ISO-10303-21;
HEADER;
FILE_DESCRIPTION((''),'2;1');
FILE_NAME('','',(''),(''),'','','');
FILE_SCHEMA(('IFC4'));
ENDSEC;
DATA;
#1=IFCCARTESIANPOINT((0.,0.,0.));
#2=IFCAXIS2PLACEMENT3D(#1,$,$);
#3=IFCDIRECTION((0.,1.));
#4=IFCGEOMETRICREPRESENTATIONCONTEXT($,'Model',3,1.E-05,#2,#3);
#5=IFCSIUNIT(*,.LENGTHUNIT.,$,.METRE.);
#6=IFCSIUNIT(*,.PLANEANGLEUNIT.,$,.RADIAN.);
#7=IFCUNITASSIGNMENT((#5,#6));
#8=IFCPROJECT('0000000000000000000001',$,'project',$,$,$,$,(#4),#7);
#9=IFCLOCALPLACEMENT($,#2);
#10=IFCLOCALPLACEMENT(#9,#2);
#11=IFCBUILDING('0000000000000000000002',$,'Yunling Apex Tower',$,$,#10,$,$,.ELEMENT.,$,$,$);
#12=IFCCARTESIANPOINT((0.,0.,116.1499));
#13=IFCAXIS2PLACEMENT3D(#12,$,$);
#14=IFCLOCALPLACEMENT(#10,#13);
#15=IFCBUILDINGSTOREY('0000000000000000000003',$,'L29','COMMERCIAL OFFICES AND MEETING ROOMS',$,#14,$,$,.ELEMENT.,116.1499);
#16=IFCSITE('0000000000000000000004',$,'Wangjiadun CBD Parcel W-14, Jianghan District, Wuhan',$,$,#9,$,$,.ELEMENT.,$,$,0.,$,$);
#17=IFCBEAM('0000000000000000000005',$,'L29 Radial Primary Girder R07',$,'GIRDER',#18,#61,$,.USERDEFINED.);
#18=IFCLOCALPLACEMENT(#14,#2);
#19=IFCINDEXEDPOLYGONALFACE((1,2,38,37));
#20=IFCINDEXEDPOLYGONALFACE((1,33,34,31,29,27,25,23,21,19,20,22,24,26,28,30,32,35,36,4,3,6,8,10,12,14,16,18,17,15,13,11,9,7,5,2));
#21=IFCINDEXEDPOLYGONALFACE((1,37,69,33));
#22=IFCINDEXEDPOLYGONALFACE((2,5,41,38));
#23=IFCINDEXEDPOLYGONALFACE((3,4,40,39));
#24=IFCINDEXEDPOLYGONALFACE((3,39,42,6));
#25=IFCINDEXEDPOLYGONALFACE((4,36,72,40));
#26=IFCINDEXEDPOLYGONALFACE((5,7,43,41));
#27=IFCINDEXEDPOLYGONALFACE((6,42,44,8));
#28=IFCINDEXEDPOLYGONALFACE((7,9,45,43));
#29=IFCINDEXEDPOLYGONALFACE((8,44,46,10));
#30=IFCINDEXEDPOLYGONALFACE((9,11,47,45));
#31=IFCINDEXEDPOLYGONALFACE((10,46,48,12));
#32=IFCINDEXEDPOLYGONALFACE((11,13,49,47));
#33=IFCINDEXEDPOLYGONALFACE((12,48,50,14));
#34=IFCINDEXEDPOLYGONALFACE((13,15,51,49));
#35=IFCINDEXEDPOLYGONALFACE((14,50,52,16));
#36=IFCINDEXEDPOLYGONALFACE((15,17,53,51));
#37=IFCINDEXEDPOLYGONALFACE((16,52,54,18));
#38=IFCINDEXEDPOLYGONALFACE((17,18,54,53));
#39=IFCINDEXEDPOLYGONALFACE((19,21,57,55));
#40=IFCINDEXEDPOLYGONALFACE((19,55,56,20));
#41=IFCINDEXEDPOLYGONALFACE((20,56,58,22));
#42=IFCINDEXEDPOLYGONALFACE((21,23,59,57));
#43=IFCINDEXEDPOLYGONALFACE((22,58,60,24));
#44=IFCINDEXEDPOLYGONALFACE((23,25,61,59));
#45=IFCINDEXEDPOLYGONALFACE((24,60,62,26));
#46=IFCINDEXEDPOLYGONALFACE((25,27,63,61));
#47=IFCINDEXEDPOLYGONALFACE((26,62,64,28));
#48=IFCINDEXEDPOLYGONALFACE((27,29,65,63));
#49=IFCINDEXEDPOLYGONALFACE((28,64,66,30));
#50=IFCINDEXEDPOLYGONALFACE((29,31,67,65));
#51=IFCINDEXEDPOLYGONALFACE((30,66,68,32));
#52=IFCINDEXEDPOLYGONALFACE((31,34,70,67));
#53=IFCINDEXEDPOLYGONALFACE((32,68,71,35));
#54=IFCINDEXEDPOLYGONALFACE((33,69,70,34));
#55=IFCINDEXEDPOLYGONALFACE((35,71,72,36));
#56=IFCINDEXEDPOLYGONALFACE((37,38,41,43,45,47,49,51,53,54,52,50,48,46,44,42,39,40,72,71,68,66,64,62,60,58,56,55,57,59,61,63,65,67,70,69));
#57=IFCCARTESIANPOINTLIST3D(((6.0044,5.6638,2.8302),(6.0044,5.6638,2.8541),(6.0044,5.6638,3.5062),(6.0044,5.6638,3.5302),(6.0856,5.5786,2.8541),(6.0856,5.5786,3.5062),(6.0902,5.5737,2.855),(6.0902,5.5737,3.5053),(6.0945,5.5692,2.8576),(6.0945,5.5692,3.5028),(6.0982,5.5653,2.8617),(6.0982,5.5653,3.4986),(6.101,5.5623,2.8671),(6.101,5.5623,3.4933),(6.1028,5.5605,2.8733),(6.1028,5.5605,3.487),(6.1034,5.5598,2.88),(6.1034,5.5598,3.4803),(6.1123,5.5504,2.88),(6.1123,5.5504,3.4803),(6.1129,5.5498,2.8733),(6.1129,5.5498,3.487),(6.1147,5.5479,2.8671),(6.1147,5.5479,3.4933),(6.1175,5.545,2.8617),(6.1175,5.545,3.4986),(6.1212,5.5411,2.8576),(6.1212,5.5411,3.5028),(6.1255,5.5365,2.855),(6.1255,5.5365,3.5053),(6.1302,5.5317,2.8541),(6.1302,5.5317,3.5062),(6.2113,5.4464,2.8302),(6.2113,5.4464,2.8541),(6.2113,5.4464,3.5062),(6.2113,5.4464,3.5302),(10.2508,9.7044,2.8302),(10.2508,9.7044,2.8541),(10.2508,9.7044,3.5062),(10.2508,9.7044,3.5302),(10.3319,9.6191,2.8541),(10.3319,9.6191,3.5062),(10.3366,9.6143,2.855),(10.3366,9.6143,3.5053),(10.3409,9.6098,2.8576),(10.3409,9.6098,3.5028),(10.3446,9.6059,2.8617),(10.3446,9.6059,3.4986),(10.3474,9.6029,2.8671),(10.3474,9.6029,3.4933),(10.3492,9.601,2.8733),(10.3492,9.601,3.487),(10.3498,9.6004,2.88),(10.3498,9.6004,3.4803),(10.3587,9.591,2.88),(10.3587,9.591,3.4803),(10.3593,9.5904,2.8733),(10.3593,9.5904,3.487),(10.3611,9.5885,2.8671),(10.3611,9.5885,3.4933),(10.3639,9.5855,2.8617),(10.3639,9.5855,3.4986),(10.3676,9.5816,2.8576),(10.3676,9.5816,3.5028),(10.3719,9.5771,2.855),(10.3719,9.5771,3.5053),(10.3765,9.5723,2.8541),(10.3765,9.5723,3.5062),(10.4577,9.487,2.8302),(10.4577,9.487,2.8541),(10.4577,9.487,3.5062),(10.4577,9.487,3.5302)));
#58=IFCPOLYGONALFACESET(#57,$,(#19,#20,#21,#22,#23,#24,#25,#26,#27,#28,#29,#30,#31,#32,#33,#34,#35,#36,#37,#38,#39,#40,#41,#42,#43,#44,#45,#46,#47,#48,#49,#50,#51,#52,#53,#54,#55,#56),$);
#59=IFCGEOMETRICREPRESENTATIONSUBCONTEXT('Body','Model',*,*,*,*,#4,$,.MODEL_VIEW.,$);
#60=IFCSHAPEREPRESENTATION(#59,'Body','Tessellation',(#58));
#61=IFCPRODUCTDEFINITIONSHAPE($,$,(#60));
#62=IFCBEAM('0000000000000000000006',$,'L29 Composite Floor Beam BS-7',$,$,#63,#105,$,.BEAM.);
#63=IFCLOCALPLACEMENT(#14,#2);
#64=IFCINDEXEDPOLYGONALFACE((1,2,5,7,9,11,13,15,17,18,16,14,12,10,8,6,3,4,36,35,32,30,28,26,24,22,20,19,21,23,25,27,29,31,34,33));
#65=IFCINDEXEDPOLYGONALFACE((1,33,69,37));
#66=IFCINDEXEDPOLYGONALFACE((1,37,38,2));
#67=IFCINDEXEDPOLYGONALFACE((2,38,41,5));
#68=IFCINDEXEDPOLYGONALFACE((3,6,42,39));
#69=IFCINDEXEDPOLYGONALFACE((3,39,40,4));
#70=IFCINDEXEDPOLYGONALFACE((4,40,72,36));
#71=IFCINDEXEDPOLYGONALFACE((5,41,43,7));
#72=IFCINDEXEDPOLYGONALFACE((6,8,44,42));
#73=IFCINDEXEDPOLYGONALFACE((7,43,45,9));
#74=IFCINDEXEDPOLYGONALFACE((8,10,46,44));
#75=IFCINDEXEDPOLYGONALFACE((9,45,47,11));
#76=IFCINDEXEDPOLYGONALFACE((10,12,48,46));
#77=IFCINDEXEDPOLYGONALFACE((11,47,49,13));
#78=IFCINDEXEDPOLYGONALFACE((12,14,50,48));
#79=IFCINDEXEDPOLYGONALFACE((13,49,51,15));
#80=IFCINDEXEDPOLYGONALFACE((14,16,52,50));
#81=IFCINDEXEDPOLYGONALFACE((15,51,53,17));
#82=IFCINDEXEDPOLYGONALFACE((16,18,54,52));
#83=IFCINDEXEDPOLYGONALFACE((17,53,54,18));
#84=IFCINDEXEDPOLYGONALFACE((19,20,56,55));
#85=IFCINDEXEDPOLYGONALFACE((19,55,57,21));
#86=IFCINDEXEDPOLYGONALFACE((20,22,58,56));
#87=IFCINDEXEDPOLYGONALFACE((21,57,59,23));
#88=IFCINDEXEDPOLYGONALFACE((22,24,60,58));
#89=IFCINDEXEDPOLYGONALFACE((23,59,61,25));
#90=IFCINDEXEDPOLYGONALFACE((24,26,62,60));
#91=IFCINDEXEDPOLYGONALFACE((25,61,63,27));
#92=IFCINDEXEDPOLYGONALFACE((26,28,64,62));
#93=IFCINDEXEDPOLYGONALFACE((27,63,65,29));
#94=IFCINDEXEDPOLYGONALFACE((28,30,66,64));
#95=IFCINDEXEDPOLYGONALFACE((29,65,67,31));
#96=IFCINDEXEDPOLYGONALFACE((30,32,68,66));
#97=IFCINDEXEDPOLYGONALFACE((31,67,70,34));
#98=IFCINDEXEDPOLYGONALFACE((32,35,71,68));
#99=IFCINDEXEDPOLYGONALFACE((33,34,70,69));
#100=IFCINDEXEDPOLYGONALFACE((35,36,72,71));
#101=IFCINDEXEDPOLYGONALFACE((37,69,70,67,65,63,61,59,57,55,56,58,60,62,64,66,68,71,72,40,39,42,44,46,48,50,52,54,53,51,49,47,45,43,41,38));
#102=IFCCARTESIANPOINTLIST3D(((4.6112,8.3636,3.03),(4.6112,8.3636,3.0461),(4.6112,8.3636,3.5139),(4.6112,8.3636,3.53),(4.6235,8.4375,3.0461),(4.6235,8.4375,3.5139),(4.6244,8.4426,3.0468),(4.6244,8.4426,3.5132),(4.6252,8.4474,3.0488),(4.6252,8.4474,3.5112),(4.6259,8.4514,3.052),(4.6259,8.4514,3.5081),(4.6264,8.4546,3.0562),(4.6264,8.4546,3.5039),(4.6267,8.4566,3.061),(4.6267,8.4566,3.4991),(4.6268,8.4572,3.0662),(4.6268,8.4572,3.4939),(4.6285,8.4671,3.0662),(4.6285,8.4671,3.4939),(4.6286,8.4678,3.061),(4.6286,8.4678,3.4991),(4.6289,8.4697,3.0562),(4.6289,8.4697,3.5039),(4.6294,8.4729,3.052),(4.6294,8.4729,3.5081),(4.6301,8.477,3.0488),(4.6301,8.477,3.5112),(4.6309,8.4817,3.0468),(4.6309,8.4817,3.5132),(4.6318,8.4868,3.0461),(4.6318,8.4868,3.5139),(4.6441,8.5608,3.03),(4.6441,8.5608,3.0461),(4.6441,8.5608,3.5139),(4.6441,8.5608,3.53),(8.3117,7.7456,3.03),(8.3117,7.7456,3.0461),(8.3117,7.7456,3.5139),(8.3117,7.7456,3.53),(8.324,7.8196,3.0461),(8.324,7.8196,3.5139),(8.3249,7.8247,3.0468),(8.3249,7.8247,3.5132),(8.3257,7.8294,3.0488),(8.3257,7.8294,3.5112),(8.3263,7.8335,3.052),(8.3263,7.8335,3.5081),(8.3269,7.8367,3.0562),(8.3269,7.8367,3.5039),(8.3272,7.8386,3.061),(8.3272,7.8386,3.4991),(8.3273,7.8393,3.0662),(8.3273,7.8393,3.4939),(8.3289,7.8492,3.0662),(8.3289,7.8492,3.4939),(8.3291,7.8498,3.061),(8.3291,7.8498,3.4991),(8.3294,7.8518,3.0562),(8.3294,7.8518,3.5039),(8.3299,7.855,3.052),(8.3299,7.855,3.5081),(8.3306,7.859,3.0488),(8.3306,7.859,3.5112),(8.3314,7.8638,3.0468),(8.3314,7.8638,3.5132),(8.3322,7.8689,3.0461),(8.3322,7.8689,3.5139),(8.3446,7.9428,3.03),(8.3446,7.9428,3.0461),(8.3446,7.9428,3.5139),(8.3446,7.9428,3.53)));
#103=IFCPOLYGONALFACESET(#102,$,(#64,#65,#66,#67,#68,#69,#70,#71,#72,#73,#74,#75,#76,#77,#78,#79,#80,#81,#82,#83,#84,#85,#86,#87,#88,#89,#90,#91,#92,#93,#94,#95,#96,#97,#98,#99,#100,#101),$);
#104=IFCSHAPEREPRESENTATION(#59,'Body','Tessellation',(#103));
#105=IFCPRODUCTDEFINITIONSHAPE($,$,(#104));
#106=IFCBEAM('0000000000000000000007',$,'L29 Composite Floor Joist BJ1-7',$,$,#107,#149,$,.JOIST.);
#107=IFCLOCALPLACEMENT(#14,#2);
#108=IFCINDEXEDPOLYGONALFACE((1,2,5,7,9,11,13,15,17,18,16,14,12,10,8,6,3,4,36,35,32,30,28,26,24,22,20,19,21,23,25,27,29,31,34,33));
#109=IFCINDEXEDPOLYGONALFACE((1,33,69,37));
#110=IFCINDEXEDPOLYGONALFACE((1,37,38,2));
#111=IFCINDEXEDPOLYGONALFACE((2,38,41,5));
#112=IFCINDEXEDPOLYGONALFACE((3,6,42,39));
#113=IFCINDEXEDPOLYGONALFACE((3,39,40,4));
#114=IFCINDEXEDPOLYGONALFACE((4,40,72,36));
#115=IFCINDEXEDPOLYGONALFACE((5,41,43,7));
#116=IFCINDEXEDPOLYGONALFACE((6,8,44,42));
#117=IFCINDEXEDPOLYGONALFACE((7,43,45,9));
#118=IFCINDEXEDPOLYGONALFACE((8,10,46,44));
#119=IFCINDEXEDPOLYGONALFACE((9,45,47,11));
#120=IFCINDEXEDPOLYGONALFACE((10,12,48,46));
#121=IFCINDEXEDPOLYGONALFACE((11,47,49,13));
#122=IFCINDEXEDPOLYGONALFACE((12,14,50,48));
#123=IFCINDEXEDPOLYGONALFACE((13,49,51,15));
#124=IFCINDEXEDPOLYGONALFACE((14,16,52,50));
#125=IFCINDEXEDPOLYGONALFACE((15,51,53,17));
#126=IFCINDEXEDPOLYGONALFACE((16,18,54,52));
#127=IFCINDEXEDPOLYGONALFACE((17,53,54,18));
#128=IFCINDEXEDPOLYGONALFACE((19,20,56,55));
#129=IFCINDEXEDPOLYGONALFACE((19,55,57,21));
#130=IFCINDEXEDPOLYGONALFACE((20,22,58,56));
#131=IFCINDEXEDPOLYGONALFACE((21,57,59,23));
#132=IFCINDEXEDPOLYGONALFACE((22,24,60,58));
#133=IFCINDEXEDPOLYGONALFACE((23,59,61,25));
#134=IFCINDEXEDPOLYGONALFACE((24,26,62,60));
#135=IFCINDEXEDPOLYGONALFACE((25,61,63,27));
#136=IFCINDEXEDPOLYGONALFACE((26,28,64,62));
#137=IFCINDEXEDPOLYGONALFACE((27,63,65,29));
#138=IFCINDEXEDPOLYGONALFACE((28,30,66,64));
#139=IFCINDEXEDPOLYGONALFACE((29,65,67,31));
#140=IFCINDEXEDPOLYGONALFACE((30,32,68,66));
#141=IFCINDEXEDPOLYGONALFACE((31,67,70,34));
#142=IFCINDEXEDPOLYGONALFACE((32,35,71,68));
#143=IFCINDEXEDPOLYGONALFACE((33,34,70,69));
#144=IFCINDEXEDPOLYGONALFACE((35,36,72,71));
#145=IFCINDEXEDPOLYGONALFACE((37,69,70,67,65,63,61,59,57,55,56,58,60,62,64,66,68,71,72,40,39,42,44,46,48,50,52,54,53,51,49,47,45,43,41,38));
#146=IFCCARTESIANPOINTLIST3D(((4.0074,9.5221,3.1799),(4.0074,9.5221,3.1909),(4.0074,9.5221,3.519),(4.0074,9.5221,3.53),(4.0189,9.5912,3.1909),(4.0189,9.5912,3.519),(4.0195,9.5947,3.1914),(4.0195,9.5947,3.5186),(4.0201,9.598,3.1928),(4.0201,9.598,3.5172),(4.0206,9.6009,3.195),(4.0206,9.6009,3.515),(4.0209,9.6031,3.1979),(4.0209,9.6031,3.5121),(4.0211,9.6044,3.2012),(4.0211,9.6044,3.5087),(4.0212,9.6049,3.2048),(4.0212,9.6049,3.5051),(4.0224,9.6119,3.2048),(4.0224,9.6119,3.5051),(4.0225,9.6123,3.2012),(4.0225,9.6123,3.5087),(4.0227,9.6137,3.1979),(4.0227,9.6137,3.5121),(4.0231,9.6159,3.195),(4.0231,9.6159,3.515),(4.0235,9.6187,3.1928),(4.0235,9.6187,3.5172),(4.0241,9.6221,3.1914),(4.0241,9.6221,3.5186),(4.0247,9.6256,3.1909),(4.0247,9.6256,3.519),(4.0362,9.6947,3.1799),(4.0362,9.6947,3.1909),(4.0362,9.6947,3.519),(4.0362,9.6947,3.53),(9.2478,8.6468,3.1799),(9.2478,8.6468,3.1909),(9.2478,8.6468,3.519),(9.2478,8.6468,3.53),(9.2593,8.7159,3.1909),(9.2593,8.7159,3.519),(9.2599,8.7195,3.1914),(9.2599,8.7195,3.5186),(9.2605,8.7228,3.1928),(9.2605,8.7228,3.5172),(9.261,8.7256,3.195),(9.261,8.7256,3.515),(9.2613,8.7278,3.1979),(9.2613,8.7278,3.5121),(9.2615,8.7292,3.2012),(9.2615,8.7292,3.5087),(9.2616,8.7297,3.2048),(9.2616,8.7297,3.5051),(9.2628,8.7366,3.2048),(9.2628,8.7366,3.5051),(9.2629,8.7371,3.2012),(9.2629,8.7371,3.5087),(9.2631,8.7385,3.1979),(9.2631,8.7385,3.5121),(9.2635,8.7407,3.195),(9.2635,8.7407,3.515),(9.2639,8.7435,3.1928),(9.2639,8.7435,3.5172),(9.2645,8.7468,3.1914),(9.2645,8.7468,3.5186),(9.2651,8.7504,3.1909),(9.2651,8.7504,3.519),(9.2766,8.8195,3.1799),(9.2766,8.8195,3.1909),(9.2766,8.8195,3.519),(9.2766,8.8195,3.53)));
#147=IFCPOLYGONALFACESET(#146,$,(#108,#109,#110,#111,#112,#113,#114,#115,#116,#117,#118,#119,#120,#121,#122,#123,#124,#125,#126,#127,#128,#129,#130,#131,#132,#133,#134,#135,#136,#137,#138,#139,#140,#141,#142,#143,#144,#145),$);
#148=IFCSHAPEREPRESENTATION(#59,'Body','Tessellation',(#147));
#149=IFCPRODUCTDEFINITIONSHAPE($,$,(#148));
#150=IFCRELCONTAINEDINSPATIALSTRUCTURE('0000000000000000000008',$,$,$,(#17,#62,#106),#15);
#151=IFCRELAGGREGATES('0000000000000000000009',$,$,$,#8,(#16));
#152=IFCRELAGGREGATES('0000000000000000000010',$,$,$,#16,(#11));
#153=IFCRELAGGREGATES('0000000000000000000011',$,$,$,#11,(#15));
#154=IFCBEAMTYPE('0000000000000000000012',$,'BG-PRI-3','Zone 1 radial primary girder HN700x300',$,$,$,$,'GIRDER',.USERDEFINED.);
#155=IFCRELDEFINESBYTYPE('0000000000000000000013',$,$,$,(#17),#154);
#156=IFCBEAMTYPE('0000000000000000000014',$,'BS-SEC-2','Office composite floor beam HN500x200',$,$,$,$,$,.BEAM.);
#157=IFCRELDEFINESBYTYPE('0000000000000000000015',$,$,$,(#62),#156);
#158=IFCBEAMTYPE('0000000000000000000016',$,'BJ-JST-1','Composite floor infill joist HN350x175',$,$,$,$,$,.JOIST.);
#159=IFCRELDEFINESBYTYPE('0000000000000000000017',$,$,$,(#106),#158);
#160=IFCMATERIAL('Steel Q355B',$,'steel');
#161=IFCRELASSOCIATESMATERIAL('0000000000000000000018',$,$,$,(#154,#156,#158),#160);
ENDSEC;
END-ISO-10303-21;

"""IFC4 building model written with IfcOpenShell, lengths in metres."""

from ifc_helpers import new_model, si_unit, direction, frame, origin, origin_2d, place, context, subcontext, project, spatial, i_section, extrude, source, transform, mapped, material, material_profile, profile_set, type_object, element, save


model = new_model("IFC4")

# Units and contexts
model_context = context("Model", 3, precision=1e-05, world=origin(), true_north=direction((0.0, 1.0)))
body_context = subcontext(model_context, "Body", "Model", "MODEL_VIEW")
ifc_project = project(units=[si_unit("LENGTHUNIT", "METRE"), si_unit("PLANEANGLEUNIT", "RADIAN")], contexts=[model_context])

# Site, building, storey
site_placement = place(None, origin())
site = spatial("IfcSite", under=ifc_project, at=site_placement, Name="Wangjiadun CBD Parcel W-14, Jianghan District, Wuhan", CompositionType="ELEMENT", RefElevation=0.0)
building_placement = place(site_placement, origin())
building = spatial("IfcBuilding", under=site, at=building_placement, Name="Yunling Apex Tower", CompositionType="ELEMENT")
storey_placement = place(building_placement, frame((0.0, 0.0, 116.1499)))
storey = spatial("IfcBuildingStorey", under=building, at=storey_placement, Name="L29", Description="COMMERCIAL OFFICES AND MEETING ROOMS", CompositionType="ELEMENT", Elevation=116.1499)

# Beams
ifc_material_1 = material(Name="Steel Q355B", Category="steel")
ifc_material_profile_1 = material_profile(ifc_material_1, i_section(OverallWidth=0.3, OverallDepth=0.7, WebThickness=0.0129, FlangeThickness=0.0239, FilletRadius=0.0259, at=origin_2d()))
ifc_profile_set_1 = profile_set([ifc_material_profile_1], Name="Steel Q355B")
beam_type_1 = type_object("IfcBeamType", Name="BG-PRI-3", Description="Zone 1 radial primary girder HN700x300", ElementType="GIRDER", PredefinedType="USERDEFINED", material=ifc_profile_set_1)
shared_shape_1 = source(origin(), body_context, "Body", "SweptSolid", [
    extrude(i_section(OverallWidth=0.3, OverallDepth=0.7, WebThickness=0.0129, FlangeThickness=0.0239, FilletRadius=0.0259, at=origin_2d()), origin(), (0.0, 0.0, 1.0), 5.8616),
])
beam_1_placement = place(storey_placement, frame((10.3542, 9.5957, 3.1802), z_axis=(-0.724445, -0.689333, 0.0), x_axis=(0.689333, -0.724445, 0.0)))
element("IfcBeam", 1, at=beam_1_placement, inside=storey, type_object=beam_type_1, Name="L29 Radial Primary Girder R07", ObjectType="GIRDER", PredefinedType="USERDEFINED", context=body_context, shape_type="MappedRepresentation", body=[
    mapped(shared_shape_1, transform((0.0, 0.0, 0.0), scale=1.0)),
])
ifc_material_profile_2 = material_profile(ifc_material_1, i_section(OverallWidth=0.2, OverallDepth=0.5, WebThickness=0.01, FlangeThickness=0.0161, FilletRadius=0.02, at=origin_2d()))
ifc_profile_set_2 = profile_set([ifc_material_profile_2], Name="Steel Q355B")
beam_type_2 = type_object("IfcBeamType", Name="BS-SEC-2", Description="Office composite floor beam HN500x200", PredefinedType="BEAM", material=ifc_profile_set_2)
shared_shape_2 = source(origin(), body_context, "Body", "SweptSolid", [
    extrude(i_section(OverallWidth=0.2, OverallDepth=0.5, WebThickness=0.01, FlangeThickness=0.0161, FilletRadius=0.02, at=origin_2d()), origin(), (0.0, 0.0, 1.0), 3.7517),
])
beam_2_placement = place(storey_placement, frame((8.3281, 7.8442, 3.28), z_axis=(-0.986343, 0.164705, 0.0), x_axis=(-0.164705, -0.986343, 0.0)))
element("IfcBeam", 2, at=beam_2_placement, inside=storey, type_object=beam_type_2, Name="L29 Composite Floor Beam BS-7", PredefinedType="BEAM", context=body_context, shape_type="MappedRepresentation", body=[
    mapped(shared_shape_2, transform((0.0, 0.0, 0.0), scale=1.0)),
])
ifc_material_profile_3 = material_profile(ifc_material_1, i_section(OverallWidth=0.175, OverallDepth=0.3501, WebThickness=0.0071, FlangeThickness=0.011, FilletRadius=0.0139, at=origin_2d()))
ifc_profile_set_3 = profile_set([ifc_material_profile_3], Name="Steel Q355B")
beam_type_3 = type_object("IfcBeamType", Name="BJ-JST-1", Description="Composite floor infill joist HN350x175", PredefinedType="JOIST", material=ifc_profile_set_3)
shared_shape_3 = source(origin(), body_context, "Body", "SweptSolid", [
    extrude(i_section(OverallWidth=0.175, OverallDepth=0.3501, WebThickness=0.0071, FlangeThickness=0.011, FilletRadius=0.0139, at=origin_2d()), origin(), (0.0, 0.0, 1.0), 5.313),
])
beam_3_placement = place(storey_placement, frame((9.2622, 8.7332, 3.355), z_axis=(-0.986338, 0.164734, 0.0), x_axis=(-0.164734, -0.986338, 0.0)))
element("IfcBeam", 3, at=beam_3_placement, inside=storey, type_object=beam_type_3, Name="L29 Composite Floor Joist BJ1-7", PredefinedType="JOIST", context=body_context, shape_type="MappedRepresentation", body=[
    mapped(shared_shape_3, transform((0.0, 0.0, 0.0), scale=1.0)),
])

save(model, "model.ifc")
